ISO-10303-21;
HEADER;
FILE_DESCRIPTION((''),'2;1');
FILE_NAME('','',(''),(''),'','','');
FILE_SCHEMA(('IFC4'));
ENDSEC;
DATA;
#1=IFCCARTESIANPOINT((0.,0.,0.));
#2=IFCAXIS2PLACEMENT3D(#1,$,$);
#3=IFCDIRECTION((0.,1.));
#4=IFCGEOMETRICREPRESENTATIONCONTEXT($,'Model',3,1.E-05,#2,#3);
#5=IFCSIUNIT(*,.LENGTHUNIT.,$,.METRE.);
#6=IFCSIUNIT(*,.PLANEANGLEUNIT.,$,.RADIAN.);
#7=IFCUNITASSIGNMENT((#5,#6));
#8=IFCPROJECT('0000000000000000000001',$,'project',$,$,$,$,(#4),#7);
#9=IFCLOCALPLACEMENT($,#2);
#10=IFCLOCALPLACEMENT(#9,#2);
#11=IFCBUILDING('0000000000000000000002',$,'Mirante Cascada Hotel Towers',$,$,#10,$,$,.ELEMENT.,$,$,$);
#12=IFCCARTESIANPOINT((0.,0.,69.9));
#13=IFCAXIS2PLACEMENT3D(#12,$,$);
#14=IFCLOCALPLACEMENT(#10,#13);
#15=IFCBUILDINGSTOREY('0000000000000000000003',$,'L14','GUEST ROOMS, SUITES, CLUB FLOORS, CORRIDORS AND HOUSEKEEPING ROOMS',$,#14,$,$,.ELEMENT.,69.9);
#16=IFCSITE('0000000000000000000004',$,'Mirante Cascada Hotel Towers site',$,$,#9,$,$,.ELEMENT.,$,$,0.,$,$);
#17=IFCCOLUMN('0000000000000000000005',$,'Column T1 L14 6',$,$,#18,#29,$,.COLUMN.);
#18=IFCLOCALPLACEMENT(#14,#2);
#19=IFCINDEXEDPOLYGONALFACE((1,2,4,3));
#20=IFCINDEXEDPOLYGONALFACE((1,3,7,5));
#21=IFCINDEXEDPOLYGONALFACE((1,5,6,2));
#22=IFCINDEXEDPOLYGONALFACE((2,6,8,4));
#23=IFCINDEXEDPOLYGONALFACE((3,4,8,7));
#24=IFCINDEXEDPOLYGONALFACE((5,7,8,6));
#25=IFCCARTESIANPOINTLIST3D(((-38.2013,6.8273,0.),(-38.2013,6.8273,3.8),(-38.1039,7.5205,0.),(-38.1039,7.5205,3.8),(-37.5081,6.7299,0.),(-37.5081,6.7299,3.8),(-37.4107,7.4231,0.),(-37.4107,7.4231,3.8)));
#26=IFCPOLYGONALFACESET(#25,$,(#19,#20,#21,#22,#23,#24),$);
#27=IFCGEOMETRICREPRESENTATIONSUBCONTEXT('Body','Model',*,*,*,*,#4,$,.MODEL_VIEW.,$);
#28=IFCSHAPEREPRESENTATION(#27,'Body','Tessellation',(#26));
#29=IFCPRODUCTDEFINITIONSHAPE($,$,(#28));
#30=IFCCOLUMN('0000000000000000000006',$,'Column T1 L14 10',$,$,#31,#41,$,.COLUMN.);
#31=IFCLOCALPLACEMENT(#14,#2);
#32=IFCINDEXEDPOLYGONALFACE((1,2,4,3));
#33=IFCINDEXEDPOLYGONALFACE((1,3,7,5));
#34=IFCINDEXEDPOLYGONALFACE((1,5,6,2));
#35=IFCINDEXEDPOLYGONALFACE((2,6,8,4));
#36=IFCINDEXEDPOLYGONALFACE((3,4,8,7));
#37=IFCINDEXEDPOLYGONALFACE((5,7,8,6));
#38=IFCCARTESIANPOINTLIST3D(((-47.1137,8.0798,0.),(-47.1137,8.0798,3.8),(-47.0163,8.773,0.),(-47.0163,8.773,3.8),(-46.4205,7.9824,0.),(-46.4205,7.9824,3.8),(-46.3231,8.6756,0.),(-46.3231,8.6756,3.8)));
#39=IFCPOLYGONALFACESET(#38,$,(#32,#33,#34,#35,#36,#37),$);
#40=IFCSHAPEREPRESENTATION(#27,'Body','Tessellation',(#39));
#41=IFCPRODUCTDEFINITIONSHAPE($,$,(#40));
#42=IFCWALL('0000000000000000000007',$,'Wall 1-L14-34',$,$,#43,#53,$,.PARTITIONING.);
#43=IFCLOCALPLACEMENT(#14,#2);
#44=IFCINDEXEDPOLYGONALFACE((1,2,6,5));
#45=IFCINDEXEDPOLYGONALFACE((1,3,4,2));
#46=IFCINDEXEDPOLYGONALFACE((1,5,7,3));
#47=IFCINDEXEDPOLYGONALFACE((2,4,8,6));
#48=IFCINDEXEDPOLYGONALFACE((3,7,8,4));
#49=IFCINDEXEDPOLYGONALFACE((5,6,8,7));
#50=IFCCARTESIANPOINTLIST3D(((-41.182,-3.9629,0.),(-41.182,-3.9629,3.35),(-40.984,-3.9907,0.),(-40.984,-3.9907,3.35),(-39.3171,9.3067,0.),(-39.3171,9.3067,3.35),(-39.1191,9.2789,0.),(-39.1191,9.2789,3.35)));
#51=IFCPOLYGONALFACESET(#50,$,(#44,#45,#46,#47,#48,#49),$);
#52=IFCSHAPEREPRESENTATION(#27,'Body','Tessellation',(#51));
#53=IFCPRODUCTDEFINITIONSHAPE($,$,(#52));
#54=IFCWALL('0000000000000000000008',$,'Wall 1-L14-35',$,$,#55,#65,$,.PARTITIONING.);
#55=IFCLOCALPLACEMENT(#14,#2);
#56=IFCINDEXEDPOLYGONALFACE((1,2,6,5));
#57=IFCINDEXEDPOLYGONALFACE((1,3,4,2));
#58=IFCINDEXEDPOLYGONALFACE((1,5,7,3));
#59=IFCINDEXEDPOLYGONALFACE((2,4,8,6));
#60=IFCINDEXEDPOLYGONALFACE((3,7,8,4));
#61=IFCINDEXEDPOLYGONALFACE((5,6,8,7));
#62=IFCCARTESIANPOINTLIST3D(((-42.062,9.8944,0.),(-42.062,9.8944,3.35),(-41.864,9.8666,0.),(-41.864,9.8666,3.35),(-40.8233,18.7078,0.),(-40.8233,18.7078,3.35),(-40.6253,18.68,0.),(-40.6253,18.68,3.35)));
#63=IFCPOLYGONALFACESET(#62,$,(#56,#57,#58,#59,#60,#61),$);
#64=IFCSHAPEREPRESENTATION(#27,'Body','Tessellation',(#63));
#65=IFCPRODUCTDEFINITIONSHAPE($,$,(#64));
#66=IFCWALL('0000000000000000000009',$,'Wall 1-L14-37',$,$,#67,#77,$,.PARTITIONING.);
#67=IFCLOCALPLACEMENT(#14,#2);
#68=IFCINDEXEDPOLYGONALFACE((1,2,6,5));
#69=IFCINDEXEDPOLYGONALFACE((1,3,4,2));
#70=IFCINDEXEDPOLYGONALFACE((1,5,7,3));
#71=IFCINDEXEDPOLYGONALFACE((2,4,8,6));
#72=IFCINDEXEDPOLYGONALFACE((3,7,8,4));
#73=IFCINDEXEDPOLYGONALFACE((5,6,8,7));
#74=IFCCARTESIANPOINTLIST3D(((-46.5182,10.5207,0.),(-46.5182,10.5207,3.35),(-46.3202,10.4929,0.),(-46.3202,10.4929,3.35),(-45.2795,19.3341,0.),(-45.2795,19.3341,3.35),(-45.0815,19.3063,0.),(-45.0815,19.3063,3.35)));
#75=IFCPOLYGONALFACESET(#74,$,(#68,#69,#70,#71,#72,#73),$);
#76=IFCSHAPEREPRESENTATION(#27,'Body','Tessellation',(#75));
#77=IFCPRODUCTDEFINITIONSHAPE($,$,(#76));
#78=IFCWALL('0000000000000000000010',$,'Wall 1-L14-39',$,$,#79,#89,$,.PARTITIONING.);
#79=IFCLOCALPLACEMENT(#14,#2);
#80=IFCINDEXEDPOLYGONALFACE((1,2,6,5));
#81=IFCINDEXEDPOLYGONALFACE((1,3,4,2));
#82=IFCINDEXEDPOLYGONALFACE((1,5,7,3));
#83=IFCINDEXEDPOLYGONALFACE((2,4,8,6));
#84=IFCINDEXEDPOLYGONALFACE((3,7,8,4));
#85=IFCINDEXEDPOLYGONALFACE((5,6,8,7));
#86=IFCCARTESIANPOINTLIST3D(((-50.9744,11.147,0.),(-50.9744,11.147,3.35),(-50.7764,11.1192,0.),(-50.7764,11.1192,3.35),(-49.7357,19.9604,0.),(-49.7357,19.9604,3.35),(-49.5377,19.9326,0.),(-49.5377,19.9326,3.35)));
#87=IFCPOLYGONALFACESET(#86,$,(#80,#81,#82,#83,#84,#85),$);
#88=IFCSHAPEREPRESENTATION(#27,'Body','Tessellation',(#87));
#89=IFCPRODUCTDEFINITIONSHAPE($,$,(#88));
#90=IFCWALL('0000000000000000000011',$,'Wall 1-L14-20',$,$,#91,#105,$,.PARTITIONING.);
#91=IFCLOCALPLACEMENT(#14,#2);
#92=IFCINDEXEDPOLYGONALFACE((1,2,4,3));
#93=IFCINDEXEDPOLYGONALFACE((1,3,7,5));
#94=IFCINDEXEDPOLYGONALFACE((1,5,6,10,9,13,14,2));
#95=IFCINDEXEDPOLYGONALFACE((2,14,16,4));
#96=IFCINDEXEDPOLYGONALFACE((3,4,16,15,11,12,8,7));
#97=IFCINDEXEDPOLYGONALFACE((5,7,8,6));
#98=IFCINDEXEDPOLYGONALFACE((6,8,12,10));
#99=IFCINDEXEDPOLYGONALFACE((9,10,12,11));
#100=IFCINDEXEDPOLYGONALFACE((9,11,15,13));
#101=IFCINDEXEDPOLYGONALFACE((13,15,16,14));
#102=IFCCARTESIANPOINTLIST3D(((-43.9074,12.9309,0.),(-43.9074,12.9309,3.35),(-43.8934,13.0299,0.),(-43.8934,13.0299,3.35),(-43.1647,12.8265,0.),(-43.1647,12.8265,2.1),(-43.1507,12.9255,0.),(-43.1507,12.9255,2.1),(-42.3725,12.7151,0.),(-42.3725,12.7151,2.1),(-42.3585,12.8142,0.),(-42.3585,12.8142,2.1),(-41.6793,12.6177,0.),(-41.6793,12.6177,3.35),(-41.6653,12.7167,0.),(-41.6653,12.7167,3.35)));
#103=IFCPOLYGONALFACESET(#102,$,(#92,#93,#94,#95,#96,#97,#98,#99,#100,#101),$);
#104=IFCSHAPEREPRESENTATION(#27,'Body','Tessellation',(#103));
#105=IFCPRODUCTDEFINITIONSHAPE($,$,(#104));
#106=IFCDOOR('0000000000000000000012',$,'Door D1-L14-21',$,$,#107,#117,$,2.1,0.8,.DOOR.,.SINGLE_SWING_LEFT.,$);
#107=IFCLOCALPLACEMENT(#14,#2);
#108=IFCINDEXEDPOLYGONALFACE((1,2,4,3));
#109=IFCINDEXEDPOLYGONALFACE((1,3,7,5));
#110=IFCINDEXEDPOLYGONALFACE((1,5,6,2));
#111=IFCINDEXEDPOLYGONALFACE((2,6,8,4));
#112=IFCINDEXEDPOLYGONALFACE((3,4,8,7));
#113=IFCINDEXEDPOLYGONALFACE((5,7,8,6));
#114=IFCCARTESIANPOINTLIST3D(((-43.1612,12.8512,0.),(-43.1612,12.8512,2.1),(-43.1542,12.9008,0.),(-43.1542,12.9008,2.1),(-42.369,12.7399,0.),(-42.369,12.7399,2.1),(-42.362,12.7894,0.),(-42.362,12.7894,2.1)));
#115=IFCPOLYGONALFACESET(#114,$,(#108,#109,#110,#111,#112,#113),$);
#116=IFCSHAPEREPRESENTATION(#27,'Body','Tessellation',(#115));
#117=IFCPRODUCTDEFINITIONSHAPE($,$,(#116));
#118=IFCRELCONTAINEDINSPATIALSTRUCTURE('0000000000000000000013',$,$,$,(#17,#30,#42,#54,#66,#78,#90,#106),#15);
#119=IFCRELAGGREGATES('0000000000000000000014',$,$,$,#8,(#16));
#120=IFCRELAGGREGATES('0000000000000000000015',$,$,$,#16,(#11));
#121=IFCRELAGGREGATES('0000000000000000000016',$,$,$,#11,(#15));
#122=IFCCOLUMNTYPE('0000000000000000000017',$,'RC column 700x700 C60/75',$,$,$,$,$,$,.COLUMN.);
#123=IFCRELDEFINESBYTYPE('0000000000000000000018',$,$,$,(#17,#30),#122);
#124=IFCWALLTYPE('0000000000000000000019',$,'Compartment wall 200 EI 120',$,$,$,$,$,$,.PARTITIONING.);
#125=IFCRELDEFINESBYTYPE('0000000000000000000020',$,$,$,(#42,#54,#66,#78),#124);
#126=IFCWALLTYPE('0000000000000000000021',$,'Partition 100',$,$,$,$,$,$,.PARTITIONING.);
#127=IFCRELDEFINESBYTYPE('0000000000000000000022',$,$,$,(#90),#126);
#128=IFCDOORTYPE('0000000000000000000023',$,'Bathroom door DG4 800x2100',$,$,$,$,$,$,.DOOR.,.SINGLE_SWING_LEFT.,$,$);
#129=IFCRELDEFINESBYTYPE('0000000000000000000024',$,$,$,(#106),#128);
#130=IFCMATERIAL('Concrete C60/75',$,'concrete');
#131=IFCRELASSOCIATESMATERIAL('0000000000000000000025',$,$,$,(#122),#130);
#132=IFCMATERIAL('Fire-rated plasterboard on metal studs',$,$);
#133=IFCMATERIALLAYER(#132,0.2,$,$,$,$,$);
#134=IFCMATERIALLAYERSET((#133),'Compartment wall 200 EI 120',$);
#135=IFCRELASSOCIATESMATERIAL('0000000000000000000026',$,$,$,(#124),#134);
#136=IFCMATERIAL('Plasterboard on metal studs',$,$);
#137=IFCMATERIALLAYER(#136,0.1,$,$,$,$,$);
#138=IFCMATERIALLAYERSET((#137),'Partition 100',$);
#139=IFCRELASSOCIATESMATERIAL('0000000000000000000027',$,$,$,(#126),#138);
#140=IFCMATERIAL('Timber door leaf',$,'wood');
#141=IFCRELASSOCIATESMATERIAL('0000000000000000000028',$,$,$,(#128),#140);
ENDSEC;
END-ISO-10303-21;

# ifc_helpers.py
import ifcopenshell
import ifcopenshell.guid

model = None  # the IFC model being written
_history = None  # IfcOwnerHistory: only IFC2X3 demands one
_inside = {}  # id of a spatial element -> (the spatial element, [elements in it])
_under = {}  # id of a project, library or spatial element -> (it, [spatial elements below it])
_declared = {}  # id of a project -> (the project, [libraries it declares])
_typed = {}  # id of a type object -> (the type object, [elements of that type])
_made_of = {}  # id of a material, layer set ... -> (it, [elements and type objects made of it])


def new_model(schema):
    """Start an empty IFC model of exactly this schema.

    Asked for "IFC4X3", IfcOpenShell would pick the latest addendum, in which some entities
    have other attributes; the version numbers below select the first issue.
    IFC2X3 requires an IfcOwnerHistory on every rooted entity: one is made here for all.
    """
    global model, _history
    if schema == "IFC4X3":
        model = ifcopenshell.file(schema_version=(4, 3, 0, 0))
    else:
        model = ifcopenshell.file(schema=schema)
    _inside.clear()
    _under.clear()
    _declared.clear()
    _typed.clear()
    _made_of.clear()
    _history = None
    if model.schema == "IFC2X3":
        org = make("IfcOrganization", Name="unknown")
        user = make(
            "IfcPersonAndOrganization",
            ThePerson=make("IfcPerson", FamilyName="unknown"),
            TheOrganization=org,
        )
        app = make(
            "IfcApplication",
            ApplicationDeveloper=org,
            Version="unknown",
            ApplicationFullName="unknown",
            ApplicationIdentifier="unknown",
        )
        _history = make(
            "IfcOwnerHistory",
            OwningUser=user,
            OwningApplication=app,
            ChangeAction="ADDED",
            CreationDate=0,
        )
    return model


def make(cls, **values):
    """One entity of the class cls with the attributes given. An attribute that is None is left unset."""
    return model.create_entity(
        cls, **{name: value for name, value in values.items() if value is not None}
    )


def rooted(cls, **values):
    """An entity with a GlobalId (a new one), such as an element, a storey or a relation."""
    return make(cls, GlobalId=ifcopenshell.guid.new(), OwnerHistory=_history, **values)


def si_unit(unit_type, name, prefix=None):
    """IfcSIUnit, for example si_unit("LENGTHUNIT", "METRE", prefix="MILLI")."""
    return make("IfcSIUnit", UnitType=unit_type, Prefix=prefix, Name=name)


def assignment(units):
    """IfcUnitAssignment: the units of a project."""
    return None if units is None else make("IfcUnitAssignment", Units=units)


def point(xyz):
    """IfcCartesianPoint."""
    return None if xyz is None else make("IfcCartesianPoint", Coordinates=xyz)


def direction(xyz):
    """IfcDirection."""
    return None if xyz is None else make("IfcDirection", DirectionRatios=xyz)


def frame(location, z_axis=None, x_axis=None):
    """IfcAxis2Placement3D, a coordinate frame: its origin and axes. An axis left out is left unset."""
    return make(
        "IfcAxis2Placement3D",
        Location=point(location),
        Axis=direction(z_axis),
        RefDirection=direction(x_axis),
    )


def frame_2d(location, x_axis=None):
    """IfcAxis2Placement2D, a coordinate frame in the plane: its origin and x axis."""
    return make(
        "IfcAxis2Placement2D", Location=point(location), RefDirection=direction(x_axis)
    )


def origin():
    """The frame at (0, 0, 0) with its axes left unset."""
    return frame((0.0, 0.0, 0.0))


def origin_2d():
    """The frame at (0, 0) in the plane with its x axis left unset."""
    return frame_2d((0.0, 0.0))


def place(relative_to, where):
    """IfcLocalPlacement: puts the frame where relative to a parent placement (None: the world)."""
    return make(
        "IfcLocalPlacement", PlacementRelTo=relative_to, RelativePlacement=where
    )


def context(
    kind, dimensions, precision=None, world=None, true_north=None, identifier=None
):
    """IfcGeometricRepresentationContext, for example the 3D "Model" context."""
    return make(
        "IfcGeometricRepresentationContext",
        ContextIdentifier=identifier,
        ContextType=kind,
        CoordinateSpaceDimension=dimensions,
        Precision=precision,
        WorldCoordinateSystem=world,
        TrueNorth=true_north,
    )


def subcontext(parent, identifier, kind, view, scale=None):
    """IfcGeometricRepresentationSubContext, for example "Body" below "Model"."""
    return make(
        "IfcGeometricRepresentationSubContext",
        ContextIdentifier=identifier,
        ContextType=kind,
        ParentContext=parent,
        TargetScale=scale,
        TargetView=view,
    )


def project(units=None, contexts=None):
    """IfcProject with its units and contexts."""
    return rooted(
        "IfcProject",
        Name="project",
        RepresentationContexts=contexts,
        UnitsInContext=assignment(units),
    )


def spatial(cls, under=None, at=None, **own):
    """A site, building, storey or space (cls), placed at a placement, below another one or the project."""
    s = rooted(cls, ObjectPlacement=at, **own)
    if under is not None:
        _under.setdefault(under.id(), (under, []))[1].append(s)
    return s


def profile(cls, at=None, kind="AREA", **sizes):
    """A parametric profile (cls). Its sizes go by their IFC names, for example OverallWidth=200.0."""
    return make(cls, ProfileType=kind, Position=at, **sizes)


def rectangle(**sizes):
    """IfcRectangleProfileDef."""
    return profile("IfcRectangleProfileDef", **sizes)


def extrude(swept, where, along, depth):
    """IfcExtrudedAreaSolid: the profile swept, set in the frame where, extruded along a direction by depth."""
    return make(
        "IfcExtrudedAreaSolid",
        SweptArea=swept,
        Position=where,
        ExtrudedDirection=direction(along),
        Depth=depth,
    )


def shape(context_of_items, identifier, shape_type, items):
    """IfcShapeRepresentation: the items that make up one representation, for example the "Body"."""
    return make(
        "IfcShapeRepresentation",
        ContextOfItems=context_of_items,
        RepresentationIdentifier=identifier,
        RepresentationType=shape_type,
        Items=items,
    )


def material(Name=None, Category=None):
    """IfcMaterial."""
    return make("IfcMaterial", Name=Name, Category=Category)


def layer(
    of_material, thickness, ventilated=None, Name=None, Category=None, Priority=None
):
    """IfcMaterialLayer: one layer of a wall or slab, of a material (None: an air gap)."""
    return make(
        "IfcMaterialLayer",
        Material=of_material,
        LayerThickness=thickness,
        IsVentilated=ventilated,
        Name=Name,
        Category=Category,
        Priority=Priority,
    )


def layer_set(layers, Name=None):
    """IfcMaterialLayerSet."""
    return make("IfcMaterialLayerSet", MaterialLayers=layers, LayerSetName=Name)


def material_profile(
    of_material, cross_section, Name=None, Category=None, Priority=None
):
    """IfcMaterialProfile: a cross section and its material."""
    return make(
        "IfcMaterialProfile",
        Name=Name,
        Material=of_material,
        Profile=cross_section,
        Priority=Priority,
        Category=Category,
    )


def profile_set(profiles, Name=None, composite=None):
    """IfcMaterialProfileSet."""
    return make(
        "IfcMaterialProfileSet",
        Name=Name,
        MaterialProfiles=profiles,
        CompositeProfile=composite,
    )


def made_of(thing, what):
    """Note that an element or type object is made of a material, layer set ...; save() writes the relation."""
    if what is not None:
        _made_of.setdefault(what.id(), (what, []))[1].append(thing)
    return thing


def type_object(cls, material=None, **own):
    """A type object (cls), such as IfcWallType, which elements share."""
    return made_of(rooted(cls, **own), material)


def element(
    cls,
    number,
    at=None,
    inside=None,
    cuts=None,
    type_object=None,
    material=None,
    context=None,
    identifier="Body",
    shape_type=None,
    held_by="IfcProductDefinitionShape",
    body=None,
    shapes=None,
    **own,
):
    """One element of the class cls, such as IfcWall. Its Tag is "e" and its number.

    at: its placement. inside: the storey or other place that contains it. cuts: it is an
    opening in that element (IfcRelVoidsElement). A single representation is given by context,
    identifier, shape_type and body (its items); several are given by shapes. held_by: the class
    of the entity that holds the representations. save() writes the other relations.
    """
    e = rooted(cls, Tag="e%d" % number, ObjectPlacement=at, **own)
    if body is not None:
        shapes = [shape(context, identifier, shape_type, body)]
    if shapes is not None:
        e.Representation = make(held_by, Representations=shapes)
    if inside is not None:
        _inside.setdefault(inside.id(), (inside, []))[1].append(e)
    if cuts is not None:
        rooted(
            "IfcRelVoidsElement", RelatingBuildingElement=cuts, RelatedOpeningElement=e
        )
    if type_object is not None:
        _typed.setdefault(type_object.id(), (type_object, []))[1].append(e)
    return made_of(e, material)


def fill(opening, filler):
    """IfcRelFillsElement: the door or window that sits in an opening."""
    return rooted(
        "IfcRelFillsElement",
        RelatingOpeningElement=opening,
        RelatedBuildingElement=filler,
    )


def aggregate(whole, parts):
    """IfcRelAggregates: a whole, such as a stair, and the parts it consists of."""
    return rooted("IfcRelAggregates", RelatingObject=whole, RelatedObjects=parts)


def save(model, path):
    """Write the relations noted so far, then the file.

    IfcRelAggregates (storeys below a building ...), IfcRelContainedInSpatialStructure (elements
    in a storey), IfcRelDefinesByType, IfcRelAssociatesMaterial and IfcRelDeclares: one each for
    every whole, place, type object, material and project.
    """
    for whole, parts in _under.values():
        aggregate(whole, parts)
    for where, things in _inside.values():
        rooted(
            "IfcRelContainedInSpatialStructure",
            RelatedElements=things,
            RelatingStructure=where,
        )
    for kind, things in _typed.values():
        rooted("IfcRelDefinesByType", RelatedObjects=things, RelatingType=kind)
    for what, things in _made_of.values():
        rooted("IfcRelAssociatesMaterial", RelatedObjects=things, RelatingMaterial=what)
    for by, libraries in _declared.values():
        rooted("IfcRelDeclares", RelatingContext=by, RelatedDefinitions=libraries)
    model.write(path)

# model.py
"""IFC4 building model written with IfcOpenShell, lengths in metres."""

from ifc_helpers import new_model, si_unit, direction, frame, frame_2d, origin, origin_2d, place, context, subcontext, project, spatial, rectangle, extrude, material, layer, layer_set, material_profile, profile_set, type_object, element, fill, save


model = new_model("IFC4")

# Units and contexts
model_context = context("Model", 3, precision=1e-05, world=origin(), true_north=direction((0.0, 1.0)))
body_context = subcontext(model_context, "Body", "Model", "MODEL_VIEW")
ifc_project = project(units=[si_unit("LENGTHUNIT", "METRE"), si_unit("PLANEANGLEUNIT", "RADIAN")], contexts=[model_context])

# Site, building, storey
site_placement = place(None, origin())
site = spatial("IfcSite", under=ifc_project, at=site_placement, Name="Mirante Cascada Hotel Towers site", CompositionType="ELEMENT", RefElevation=0.0)
building_placement = place(site_placement, origin())
building = spatial("IfcBuilding", under=site, at=building_placement, Name="Mirante Cascada Hotel Towers", CompositionType="ELEMENT")
storey_placement = place(building_placement, frame((0.0, 0.0, 69.9)))
storey = spatial("IfcBuildingStorey", under=building, at=storey_placement, Name="L14", Description="GUEST ROOMS, SUITES, CLUB FLOORS, CORRIDORS AND HOUSEKEEPING ROOMS", CompositionType="ELEMENT", Elevation=69.9)

# Columns
ifc_material_1 = material(Name="Concrete C60/75", Category="concrete")
ifc_material_profile = material_profile(ifc_material_1, rectangle(XDim=0.7, YDim=0.7, at=origin_2d()), Name="RC column 700x700 C60/75")
ifc_profile_set = profile_set([ifc_material_profile], Name="Concrete C60/75")
column_type = type_object("IfcColumnType", Name="RC column 700x700 C60/75", PredefinedType="COLUMN", material=ifc_profile_set)
for number, where, z_axis, x_axis, name in (
    (1, (-37.806, 7.1252, 0.0), (0.0, 0.0, 1.0), (-0.990268, 0.139173, 0.0), "Column T1 L14 6"),
    (2, (-46.7184, 8.3777, 0.0), (0.0, 0.0, 1.0), (-0.990268, 0.139173, 0.0), "Column T1 L14 10"),
):
    element("IfcColumn", number, at=place(storey_placement, frame(where, z_axis=z_axis, x_axis=x_axis)), inside=storey, type_object=column_type, Name=name, PredefinedType="COLUMN", context=body_context, shape_type="SweptSolid", body=[
        extrude(rectangle(XDim=0.7, YDim=0.7, at=origin_2d()), origin(), (0.0, 0.0, 1.0), 3.8),
    ])

# Shared definitions
ifc_material_2 = material(Name="Fire-rated plasterboard on metal studs")
ifc_layer_1 = layer(ifc_material_2, 0.2)
ifc_layer_set_1 = layer_set([ifc_layer_1], Name="Compartment wall 200 EI 120")
wall_type_1 = type_object("IfcWallType", Name="Compartment wall 200 EI 120", PredefinedType="PARTITIONING", material=ifc_layer_set_1)

# Walls
wall_1_placement = place(storey_placement, frame((-39.2181, 9.2928, 0.0), z_axis=(0.0, 0.0, 1.0), x_axis=(-0.139172, -0.990268, 0.0)))
element("IfcWall", 3, at=wall_1_placement, inside=storey, type_object=wall_type_1, Name="Wall 1-L14-34", PredefinedType="PARTITIONING", context=body_context, shape_type="SweptSolid", body=[
    extrude(rectangle(XDim=13.4, YDim=0.2, at=frame_2d((6.7, 0.0))), origin(), (0.0, 0.0, 1.0), 3.35),
])
for number, where, z_axis, x_axis, name in (
    (4, (-41.963, 9.8805, 0.0), (0.0, 0.0, 1.0), (0.139179, 0.990267, 0.0), "Wall 1-L14-35"),
    (5, (-46.4192, 10.5068, 0.0), (0.0, 0.0, 1.0), (0.139179, 0.990267, 0.0), "Wall 1-L14-37"),
    (6, (-50.8754, 11.1331, 0.0), (0.0, 0.0, 1.0), (0.139179, 0.990267, 0.0), "Wall 1-L14-39"),
):
    element("IfcWall", number, at=place(storey_placement, frame(where, z_axis=z_axis, x_axis=x_axis)), inside=storey, type_object=wall_type_1, Name=name, PredefinedType="PARTITIONING", context=body_context, shape_type="SweptSolid", body=[
        extrude(rectangle(XDim=8.9, YDim=0.2, at=frame_2d((4.45, 0.0))), origin(), (0.0, 0.0, 1.0), 3.35),
    ])

# Wall, opening, door
ifc_material_3 = material(Name="Plasterboard on metal studs")
ifc_layer_2 = layer(ifc_material_3, 0.1)
ifc_layer_set_2 = layer_set([ifc_layer_2], Name="Partition 100")
wall_type_2 = type_object("IfcWallType", Name="Partition 100", PredefinedType="PARTITIONING", material=ifc_layer_set_2)
wall_2_placement = place(storey_placement, frame((-43.9004, 12.9804, 0.0), z_axis=(0.0, 0.0, 1.0), x_axis=(0.990264, -0.1392, 0.0)))
wall_2 = element("IfcWall", 7, at=wall_2_placement, inside=storey, type_object=wall_type_2, Name="Wall 1-L14-20", PredefinedType="PARTITIONING", context=body_context, shape_type="SweptSolid", body=[
    extrude(rectangle(XDim=2.25, YDim=0.1, at=frame_2d((1.125, 0.0))), origin(), (0.0, 0.0, 1.0), 3.35),
])
opening_1_placement = place(wall_2_placement, frame((0.75, 0.0, 0.0)))
opening_1 = element("IfcOpeningElement", 8, at=opening_1_placement, cuts=wall_2, PredefinedType="OPENING", context=body_context, shape_type="SweptSolid", body=[
    extrude(rectangle(XDim=0.8, YDim=2.1, at=frame_2d((0.4, 1.05))), frame((0.0, 0.05, 0.0), z_axis=(0.0, -1.0, 0.0), x_axis=(1.0, 0.0, 0.0)), (0.0, 0.0, 1.0), 0.1),
])
ifc_material_4 = material(Name="Timber door leaf", Category="wood")
door_type_1 = type_object("IfcDoorType", Name="Bathroom door DG4 800x2100", OperationType="SINGLE_SWING_LEFT", PredefinedType="DOOR", material=ifc_material_4)
door_1_placement = place(opening_1_placement, origin())
door_1 = element("IfcDoor", 9, at=door_1_placement, inside=storey, type_object=door_type_1, Name="Door D1-L14-21", OperationType="SINGLE_SWING_LEFT", OverallHeight=2.1, OverallWidth=0.8, PredefinedType="DOOR", context=body_context, shape_type="SweptSolid", body=[
    extrude(rectangle(XDim=0.8, YDim=2.1, at=frame_2d((0.4, 1.05))), frame((0.0, 0.025, 0.0), z_axis=(0.0, -1.0, 0.0), x_axis=(1.0, 0.0, 0.0)), (0.0, 0.0, 1.0), 0.05),
])
fill(opening_1, door_1)

save(model, "model.ifc")
